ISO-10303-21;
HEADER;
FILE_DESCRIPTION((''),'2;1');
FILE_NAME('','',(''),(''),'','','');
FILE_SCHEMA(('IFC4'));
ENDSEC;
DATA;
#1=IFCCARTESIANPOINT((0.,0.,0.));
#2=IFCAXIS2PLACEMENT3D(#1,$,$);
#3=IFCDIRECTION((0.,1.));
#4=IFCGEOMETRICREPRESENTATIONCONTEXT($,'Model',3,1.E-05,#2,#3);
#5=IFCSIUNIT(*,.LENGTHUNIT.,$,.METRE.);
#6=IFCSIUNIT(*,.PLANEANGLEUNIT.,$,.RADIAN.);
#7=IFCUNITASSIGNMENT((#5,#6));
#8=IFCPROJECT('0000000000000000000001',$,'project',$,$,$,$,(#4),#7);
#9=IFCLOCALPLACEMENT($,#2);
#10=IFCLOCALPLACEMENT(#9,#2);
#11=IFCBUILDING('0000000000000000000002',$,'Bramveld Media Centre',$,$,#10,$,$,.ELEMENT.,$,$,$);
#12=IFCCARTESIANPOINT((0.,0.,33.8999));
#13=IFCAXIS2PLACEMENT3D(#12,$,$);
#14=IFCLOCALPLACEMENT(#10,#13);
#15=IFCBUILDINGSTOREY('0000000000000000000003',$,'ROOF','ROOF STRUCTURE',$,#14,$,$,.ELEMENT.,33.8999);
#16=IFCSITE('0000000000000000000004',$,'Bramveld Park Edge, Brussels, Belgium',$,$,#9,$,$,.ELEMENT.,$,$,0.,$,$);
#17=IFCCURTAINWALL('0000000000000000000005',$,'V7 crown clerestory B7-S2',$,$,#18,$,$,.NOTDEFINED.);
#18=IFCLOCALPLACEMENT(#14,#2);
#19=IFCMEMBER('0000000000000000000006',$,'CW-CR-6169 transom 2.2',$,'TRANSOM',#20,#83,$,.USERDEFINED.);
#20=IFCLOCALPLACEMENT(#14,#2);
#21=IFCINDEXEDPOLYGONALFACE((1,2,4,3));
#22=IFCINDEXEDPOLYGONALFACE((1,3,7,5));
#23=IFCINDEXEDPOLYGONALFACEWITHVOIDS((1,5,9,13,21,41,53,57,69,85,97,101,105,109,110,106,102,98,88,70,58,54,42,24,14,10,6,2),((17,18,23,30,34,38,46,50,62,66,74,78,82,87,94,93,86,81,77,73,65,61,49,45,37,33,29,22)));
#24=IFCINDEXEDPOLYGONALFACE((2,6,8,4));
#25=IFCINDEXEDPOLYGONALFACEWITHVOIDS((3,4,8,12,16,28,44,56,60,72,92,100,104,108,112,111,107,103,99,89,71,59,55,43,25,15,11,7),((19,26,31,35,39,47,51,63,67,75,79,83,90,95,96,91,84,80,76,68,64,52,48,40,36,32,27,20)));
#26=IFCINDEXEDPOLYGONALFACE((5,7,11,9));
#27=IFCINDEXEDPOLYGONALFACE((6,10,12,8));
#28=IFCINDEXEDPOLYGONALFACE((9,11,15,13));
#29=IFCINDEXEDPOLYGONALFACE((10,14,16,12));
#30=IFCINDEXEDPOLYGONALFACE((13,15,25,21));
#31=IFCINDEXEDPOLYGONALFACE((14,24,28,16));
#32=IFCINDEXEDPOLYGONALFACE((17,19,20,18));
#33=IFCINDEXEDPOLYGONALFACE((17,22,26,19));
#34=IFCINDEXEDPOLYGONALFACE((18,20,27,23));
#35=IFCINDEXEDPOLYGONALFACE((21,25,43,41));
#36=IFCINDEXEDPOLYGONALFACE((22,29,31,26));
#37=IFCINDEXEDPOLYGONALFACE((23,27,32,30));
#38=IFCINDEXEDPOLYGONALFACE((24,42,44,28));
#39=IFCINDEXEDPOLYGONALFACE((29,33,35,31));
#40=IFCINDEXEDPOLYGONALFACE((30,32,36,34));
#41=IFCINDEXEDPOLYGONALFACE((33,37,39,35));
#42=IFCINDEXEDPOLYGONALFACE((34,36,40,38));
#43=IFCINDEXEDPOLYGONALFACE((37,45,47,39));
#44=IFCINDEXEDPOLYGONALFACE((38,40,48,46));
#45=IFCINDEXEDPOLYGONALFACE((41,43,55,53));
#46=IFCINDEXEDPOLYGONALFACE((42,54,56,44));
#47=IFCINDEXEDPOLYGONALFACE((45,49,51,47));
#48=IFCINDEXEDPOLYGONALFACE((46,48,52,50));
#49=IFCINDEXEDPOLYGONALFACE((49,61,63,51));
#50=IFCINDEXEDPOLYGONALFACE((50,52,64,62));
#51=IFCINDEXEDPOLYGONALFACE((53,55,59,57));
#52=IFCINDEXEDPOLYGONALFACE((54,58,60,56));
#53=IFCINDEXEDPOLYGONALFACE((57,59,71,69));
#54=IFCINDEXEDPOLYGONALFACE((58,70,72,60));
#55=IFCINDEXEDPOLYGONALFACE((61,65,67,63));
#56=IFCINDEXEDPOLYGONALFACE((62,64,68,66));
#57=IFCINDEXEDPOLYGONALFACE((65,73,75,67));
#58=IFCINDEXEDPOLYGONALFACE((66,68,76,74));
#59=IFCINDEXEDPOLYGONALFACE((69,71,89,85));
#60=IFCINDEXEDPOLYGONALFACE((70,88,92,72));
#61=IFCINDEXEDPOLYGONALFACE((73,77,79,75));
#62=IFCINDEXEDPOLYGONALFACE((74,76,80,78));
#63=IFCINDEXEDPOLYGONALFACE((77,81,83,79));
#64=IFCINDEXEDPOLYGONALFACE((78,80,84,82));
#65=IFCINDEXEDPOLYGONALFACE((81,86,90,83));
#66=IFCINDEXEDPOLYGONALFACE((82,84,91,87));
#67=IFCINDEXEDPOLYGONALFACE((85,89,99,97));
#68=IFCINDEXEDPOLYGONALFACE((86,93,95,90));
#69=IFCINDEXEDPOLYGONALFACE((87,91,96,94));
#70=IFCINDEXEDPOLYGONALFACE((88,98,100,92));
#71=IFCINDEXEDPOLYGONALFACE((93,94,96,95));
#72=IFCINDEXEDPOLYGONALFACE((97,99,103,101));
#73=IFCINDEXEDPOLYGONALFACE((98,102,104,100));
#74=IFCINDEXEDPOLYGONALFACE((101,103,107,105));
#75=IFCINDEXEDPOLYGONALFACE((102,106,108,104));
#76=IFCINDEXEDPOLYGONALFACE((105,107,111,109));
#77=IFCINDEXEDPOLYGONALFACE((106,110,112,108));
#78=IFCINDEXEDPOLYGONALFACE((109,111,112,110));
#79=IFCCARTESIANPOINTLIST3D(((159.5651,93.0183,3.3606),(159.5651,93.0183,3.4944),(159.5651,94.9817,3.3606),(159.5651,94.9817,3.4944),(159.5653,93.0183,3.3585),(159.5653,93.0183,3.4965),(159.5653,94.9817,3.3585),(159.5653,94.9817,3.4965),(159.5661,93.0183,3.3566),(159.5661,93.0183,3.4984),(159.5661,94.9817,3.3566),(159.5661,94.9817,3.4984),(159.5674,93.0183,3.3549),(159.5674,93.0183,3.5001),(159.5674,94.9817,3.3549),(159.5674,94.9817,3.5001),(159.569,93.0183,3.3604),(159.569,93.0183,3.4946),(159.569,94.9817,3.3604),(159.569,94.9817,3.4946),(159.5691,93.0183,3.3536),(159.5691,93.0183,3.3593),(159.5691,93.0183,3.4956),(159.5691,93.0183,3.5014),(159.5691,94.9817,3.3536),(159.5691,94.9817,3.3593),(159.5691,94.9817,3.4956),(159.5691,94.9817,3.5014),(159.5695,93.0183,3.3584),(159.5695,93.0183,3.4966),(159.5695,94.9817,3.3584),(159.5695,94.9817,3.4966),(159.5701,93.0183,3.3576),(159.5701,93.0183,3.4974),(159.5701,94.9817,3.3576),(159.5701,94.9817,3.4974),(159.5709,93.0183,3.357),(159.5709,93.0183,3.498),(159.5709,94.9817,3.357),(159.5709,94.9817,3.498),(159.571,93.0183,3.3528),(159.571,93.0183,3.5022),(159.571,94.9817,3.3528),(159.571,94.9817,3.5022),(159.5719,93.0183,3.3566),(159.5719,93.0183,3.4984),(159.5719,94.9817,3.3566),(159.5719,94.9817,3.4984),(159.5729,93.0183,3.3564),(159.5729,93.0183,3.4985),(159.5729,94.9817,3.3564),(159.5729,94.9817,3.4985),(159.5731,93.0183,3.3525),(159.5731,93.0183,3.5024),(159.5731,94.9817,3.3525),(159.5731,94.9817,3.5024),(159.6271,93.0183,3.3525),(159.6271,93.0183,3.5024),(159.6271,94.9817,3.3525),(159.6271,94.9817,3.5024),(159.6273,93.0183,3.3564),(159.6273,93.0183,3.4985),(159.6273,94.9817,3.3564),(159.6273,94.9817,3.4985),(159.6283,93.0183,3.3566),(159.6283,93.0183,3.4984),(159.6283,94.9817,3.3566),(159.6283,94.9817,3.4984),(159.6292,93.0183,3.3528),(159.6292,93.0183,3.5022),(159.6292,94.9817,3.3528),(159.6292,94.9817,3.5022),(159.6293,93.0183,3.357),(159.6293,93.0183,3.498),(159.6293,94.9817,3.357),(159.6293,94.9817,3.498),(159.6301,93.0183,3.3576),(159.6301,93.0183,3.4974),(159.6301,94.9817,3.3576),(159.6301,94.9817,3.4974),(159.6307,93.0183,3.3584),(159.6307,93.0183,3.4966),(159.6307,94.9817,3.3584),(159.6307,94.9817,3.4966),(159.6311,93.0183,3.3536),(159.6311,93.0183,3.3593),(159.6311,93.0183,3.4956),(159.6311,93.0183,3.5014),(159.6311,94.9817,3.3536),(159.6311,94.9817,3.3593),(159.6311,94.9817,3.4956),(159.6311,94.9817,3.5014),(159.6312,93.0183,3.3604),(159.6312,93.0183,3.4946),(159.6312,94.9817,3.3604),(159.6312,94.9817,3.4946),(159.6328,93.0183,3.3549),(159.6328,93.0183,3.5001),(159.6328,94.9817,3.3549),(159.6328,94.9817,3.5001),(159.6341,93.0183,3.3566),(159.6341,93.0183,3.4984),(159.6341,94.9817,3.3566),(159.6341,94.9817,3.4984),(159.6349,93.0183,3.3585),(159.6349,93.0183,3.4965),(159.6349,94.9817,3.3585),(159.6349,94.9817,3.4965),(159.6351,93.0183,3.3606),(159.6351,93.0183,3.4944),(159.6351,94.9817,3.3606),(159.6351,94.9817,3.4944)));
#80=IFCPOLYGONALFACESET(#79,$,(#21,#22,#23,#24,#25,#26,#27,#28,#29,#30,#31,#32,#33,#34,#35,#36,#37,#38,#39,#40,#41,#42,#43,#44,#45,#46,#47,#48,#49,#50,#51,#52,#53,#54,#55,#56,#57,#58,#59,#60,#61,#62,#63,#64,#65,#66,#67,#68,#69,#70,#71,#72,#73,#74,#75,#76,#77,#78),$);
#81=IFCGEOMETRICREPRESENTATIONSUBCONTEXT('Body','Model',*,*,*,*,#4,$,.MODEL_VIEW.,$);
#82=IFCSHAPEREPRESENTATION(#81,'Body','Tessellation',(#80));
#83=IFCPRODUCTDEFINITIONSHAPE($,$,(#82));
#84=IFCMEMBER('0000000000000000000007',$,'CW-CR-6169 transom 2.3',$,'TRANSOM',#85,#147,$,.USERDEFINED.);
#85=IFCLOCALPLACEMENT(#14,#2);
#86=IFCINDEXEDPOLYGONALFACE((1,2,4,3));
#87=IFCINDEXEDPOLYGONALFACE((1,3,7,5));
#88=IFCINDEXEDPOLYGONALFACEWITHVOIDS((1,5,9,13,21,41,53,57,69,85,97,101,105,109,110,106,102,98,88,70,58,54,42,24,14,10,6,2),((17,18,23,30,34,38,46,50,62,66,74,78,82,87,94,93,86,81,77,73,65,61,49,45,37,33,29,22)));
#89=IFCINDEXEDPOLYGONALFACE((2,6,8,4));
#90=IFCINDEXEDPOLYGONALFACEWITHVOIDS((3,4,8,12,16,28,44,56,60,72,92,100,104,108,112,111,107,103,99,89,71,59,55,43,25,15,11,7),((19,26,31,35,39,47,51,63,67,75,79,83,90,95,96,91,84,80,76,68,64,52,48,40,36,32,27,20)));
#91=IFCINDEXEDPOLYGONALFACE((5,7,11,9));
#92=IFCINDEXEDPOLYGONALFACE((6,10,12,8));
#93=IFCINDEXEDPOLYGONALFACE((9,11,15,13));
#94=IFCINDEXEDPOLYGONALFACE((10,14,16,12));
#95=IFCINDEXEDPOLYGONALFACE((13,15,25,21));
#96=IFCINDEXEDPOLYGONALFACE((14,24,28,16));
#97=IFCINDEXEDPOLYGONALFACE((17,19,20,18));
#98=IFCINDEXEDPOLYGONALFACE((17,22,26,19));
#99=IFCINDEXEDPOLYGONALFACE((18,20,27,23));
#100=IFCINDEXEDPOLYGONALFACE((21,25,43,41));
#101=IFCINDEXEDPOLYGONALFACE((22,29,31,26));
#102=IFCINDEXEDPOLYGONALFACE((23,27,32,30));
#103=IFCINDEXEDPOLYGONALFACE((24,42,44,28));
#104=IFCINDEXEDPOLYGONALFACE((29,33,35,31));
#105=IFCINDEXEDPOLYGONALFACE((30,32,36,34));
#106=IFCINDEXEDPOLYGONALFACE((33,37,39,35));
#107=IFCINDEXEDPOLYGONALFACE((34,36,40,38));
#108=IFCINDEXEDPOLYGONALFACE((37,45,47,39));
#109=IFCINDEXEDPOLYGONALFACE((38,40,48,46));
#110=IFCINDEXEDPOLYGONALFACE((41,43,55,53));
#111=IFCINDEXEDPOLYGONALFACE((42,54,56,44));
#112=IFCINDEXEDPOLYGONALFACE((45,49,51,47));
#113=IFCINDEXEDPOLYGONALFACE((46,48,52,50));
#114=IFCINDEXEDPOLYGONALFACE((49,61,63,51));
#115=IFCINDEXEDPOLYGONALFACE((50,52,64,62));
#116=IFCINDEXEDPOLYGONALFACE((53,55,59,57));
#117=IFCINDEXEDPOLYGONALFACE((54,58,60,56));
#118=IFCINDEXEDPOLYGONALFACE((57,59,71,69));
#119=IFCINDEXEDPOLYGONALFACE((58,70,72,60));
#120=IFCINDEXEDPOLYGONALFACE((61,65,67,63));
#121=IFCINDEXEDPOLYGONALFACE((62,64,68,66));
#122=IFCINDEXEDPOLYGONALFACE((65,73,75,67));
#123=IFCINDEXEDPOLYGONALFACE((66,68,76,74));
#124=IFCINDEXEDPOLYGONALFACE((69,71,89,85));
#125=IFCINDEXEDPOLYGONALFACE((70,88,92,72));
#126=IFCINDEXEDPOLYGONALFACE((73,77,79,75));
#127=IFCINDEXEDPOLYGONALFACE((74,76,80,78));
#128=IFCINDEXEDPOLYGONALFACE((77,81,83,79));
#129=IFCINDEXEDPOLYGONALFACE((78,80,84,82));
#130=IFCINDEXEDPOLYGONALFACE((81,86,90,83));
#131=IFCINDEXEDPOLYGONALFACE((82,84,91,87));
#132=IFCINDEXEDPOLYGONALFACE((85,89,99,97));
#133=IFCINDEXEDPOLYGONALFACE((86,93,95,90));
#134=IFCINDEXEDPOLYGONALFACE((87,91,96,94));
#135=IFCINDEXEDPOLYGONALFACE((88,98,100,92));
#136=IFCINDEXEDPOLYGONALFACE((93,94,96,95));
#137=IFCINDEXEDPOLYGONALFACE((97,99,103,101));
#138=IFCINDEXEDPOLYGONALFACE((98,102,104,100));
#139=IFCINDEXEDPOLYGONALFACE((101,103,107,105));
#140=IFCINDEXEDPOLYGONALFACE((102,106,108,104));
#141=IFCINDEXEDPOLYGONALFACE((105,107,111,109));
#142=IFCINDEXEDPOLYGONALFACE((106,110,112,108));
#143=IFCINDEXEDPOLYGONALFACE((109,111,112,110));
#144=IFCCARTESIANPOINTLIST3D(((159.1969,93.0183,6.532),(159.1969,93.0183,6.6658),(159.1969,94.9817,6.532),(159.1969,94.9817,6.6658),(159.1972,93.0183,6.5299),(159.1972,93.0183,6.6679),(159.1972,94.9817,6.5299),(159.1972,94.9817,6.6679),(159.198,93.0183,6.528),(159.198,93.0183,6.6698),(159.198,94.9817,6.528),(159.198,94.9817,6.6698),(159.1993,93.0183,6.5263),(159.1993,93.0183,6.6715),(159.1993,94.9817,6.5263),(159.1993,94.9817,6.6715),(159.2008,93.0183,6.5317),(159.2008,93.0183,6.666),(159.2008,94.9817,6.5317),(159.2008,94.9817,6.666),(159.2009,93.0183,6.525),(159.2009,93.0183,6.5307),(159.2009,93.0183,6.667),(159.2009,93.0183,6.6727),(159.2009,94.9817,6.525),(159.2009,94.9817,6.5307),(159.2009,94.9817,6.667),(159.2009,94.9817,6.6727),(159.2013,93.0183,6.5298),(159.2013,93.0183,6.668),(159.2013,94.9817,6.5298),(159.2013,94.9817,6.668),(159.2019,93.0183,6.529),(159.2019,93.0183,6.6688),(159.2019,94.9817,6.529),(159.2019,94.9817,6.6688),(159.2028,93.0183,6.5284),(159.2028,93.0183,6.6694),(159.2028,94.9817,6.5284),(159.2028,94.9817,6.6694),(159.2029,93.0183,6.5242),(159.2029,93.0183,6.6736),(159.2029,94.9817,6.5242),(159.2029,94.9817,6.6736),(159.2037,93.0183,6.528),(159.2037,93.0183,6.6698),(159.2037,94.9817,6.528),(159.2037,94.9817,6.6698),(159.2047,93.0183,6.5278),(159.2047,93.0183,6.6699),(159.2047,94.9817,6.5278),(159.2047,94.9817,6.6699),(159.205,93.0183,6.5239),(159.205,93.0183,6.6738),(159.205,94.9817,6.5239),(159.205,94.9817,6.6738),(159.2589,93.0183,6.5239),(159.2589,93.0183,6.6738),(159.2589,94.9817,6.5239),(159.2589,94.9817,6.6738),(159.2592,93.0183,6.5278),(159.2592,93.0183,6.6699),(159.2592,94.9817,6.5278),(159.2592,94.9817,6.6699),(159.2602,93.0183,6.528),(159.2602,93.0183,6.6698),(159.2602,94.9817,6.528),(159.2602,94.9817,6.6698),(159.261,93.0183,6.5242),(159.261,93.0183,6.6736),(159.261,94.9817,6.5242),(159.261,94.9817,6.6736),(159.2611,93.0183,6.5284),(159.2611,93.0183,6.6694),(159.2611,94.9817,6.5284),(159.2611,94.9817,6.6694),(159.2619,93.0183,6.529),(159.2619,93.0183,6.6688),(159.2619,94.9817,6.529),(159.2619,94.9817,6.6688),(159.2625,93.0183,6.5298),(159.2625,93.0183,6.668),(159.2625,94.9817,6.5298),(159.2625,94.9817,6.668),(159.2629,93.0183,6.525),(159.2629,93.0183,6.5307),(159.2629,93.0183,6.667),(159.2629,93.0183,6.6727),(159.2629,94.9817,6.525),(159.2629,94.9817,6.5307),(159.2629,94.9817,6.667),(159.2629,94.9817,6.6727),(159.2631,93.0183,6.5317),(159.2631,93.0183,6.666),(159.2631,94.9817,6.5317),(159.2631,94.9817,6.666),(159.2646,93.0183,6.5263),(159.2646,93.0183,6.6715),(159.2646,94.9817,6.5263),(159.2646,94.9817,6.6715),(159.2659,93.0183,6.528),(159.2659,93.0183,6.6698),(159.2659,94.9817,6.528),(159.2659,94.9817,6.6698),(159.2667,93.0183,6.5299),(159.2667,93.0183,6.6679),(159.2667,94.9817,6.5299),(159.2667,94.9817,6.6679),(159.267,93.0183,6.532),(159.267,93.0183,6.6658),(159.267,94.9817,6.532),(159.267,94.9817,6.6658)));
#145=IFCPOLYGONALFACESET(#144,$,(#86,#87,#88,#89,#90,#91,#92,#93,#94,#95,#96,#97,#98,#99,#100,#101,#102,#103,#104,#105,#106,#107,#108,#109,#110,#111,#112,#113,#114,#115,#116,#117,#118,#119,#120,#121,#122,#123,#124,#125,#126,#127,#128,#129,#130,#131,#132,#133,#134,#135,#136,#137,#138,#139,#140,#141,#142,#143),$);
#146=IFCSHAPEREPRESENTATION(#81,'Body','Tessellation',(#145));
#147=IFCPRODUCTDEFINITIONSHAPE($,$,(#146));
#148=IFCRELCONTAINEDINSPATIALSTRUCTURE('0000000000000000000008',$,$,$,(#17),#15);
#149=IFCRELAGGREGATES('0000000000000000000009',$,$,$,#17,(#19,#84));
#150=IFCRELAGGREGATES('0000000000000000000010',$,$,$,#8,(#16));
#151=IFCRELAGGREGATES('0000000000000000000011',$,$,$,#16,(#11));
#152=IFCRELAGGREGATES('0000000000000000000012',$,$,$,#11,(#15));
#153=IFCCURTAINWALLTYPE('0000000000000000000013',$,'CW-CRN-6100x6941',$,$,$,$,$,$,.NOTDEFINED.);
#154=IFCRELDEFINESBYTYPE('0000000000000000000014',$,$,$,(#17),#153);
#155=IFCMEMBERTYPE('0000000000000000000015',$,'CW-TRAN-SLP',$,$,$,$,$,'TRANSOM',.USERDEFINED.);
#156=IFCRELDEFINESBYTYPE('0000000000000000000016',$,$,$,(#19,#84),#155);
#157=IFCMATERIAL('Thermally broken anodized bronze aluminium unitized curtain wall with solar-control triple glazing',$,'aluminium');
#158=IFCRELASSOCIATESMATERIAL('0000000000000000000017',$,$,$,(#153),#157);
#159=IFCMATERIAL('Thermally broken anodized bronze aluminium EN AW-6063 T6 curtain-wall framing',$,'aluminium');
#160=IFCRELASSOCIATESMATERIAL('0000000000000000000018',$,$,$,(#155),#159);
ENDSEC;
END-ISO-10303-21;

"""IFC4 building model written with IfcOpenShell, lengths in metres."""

from ifc_helpers import new_model, si_unit, direction, frame, origin, origin_2d, place, context, subcontext, project, spatial, hollow_rectangle, extrude, material, material_profile, profile_set, type_object, element, aggregate, save


model = new_model("IFC4")

# Units and contexts
model_context = context("Model", 3, precision=1e-05, world=origin(), true_north=direction((0.0, 1.0)))
body_context = subcontext(model_context, "Body", "Model", "MODEL_VIEW")
ifc_project = project(units=[si_unit("LENGTHUNIT", "METRE"), si_unit("PLANEANGLEUNIT", "RADIAN")], contexts=[model_context])

# Site, building, storey
site_placement = place(None, origin())
site = spatial("IfcSite", under=ifc_project, at=site_placement, Name="Bramveld Park Edge, Brussels, Belgium", CompositionType="ELEMENT", RefElevation=0.0)
building_placement = place(site_placement, origin())
building = spatial("IfcBuilding", under=site, at=building_placement, Name="Bramveld Media Centre", CompositionType="ELEMENT")
storey_placement = place(building_placement, frame((0.0, 0.0, 33.8999)))
storey = spatial("IfcBuildingStorey", under=building, at=storey_placement, Name="ROOF", Description="ROOF STRUCTURE", CompositionType="ELEMENT", Elevation=33.8999)

# Curtain wall
ifc_material_1 = material(Name="Thermally broken anodized bronze aluminium unitized curtain wall with solar-control triple glazing", Category="aluminium")
curtain_wall_type = type_object("IfcCurtainWallType", Name="CW-CRN-6100x6941", PredefinedType="NOTDEFINED", material=ifc_material_1)
curtain_wall_1_placement = place(storey_placement, origin())
curtain_wall_1 = element("IfcCurtainWall", 1, at=curtain_wall_1_placement, inside=storey, type_object=curtain_wall_type, Name="V7 crown clerestory B7-S2", PredefinedType="NOTDEFINED")

# Members
ifc_material_2 = material(Name="Thermally broken anodized bronze aluminium EN AW-6063 T6 curtain-wall framing", Category="aluminium")
ifc_material_profile_1 = material_profile(ifc_material_2, hollow_rectangle(XDim=0.0701, YDim=0.1499, WallThickness=0.0039, InnerFilletRadius=0.0039, OuterFilletRadius=0.0081, at=origin_2d()), Name="AL-TRAN 70x150")
ifc_profile_set_1 = profile_set([ifc_material_profile_1], Name="Thermally broken anodized bronze aluminium EN AW-6063 T6 curtain-wall framing")
member_type_1 = type_object("IfcMemberType", Name="CW-TRAN-SLP", ElementType="TRANSOM", PredefinedType="USERDEFINED", material=ifc_profile_set_1)
member_1_placement = place(storey_placement, frame((159.6001, 93.0183, 3.4275), z_axis=(0.0, 1.0, 0.0), x_axis=(-1.0, 0.0, 0.0)))
member_1 = element("IfcMember", 2, at=member_1_placement, type_object=member_type_1, Name="CW-CR-6169 transom 2.2", ObjectType="TRANSOM", PredefinedType="USERDEFINED", context=body_context, shape_type="SweptSolid", body=[
    extrude(hollow_rectangle(XDim=0.0701, YDim=0.1499, WallThickness=0.0039, InnerFilletRadius=0.0039, OuterFilletRadius=0.0081, at=origin_2d()), origin(), (0.0, 0.0, 1.0), 1.9634),
])
member_2_placement = place(storey_placement, frame((159.2319, 93.0183, 6.5989), z_axis=(0.0, 1.0, 0.0), x_axis=(-1.0, 0.0, 0.0)))
member_2 = element("IfcMember", 3, at=member_2_placement, type_object=member_type_1, Name="CW-CR-6169 transom 2.3", ObjectType="TRANSOM", PredefinedType="USERDEFINED", context=body_context, shape_type="SweptSolid", body=[
    extrude(hollow_rectangle(XDim=0.0701, YDim=0.1499, WallThickness=0.0039, InnerFilletRadius=0.0039, OuterFilletRadius=0.0081, at=origin_2d()), origin(), (0.0, 0.0, 1.0), 1.9634),
])

aggregate(curtain_wall_1, [member_1, member_2])

save(model, "model.ifc")
